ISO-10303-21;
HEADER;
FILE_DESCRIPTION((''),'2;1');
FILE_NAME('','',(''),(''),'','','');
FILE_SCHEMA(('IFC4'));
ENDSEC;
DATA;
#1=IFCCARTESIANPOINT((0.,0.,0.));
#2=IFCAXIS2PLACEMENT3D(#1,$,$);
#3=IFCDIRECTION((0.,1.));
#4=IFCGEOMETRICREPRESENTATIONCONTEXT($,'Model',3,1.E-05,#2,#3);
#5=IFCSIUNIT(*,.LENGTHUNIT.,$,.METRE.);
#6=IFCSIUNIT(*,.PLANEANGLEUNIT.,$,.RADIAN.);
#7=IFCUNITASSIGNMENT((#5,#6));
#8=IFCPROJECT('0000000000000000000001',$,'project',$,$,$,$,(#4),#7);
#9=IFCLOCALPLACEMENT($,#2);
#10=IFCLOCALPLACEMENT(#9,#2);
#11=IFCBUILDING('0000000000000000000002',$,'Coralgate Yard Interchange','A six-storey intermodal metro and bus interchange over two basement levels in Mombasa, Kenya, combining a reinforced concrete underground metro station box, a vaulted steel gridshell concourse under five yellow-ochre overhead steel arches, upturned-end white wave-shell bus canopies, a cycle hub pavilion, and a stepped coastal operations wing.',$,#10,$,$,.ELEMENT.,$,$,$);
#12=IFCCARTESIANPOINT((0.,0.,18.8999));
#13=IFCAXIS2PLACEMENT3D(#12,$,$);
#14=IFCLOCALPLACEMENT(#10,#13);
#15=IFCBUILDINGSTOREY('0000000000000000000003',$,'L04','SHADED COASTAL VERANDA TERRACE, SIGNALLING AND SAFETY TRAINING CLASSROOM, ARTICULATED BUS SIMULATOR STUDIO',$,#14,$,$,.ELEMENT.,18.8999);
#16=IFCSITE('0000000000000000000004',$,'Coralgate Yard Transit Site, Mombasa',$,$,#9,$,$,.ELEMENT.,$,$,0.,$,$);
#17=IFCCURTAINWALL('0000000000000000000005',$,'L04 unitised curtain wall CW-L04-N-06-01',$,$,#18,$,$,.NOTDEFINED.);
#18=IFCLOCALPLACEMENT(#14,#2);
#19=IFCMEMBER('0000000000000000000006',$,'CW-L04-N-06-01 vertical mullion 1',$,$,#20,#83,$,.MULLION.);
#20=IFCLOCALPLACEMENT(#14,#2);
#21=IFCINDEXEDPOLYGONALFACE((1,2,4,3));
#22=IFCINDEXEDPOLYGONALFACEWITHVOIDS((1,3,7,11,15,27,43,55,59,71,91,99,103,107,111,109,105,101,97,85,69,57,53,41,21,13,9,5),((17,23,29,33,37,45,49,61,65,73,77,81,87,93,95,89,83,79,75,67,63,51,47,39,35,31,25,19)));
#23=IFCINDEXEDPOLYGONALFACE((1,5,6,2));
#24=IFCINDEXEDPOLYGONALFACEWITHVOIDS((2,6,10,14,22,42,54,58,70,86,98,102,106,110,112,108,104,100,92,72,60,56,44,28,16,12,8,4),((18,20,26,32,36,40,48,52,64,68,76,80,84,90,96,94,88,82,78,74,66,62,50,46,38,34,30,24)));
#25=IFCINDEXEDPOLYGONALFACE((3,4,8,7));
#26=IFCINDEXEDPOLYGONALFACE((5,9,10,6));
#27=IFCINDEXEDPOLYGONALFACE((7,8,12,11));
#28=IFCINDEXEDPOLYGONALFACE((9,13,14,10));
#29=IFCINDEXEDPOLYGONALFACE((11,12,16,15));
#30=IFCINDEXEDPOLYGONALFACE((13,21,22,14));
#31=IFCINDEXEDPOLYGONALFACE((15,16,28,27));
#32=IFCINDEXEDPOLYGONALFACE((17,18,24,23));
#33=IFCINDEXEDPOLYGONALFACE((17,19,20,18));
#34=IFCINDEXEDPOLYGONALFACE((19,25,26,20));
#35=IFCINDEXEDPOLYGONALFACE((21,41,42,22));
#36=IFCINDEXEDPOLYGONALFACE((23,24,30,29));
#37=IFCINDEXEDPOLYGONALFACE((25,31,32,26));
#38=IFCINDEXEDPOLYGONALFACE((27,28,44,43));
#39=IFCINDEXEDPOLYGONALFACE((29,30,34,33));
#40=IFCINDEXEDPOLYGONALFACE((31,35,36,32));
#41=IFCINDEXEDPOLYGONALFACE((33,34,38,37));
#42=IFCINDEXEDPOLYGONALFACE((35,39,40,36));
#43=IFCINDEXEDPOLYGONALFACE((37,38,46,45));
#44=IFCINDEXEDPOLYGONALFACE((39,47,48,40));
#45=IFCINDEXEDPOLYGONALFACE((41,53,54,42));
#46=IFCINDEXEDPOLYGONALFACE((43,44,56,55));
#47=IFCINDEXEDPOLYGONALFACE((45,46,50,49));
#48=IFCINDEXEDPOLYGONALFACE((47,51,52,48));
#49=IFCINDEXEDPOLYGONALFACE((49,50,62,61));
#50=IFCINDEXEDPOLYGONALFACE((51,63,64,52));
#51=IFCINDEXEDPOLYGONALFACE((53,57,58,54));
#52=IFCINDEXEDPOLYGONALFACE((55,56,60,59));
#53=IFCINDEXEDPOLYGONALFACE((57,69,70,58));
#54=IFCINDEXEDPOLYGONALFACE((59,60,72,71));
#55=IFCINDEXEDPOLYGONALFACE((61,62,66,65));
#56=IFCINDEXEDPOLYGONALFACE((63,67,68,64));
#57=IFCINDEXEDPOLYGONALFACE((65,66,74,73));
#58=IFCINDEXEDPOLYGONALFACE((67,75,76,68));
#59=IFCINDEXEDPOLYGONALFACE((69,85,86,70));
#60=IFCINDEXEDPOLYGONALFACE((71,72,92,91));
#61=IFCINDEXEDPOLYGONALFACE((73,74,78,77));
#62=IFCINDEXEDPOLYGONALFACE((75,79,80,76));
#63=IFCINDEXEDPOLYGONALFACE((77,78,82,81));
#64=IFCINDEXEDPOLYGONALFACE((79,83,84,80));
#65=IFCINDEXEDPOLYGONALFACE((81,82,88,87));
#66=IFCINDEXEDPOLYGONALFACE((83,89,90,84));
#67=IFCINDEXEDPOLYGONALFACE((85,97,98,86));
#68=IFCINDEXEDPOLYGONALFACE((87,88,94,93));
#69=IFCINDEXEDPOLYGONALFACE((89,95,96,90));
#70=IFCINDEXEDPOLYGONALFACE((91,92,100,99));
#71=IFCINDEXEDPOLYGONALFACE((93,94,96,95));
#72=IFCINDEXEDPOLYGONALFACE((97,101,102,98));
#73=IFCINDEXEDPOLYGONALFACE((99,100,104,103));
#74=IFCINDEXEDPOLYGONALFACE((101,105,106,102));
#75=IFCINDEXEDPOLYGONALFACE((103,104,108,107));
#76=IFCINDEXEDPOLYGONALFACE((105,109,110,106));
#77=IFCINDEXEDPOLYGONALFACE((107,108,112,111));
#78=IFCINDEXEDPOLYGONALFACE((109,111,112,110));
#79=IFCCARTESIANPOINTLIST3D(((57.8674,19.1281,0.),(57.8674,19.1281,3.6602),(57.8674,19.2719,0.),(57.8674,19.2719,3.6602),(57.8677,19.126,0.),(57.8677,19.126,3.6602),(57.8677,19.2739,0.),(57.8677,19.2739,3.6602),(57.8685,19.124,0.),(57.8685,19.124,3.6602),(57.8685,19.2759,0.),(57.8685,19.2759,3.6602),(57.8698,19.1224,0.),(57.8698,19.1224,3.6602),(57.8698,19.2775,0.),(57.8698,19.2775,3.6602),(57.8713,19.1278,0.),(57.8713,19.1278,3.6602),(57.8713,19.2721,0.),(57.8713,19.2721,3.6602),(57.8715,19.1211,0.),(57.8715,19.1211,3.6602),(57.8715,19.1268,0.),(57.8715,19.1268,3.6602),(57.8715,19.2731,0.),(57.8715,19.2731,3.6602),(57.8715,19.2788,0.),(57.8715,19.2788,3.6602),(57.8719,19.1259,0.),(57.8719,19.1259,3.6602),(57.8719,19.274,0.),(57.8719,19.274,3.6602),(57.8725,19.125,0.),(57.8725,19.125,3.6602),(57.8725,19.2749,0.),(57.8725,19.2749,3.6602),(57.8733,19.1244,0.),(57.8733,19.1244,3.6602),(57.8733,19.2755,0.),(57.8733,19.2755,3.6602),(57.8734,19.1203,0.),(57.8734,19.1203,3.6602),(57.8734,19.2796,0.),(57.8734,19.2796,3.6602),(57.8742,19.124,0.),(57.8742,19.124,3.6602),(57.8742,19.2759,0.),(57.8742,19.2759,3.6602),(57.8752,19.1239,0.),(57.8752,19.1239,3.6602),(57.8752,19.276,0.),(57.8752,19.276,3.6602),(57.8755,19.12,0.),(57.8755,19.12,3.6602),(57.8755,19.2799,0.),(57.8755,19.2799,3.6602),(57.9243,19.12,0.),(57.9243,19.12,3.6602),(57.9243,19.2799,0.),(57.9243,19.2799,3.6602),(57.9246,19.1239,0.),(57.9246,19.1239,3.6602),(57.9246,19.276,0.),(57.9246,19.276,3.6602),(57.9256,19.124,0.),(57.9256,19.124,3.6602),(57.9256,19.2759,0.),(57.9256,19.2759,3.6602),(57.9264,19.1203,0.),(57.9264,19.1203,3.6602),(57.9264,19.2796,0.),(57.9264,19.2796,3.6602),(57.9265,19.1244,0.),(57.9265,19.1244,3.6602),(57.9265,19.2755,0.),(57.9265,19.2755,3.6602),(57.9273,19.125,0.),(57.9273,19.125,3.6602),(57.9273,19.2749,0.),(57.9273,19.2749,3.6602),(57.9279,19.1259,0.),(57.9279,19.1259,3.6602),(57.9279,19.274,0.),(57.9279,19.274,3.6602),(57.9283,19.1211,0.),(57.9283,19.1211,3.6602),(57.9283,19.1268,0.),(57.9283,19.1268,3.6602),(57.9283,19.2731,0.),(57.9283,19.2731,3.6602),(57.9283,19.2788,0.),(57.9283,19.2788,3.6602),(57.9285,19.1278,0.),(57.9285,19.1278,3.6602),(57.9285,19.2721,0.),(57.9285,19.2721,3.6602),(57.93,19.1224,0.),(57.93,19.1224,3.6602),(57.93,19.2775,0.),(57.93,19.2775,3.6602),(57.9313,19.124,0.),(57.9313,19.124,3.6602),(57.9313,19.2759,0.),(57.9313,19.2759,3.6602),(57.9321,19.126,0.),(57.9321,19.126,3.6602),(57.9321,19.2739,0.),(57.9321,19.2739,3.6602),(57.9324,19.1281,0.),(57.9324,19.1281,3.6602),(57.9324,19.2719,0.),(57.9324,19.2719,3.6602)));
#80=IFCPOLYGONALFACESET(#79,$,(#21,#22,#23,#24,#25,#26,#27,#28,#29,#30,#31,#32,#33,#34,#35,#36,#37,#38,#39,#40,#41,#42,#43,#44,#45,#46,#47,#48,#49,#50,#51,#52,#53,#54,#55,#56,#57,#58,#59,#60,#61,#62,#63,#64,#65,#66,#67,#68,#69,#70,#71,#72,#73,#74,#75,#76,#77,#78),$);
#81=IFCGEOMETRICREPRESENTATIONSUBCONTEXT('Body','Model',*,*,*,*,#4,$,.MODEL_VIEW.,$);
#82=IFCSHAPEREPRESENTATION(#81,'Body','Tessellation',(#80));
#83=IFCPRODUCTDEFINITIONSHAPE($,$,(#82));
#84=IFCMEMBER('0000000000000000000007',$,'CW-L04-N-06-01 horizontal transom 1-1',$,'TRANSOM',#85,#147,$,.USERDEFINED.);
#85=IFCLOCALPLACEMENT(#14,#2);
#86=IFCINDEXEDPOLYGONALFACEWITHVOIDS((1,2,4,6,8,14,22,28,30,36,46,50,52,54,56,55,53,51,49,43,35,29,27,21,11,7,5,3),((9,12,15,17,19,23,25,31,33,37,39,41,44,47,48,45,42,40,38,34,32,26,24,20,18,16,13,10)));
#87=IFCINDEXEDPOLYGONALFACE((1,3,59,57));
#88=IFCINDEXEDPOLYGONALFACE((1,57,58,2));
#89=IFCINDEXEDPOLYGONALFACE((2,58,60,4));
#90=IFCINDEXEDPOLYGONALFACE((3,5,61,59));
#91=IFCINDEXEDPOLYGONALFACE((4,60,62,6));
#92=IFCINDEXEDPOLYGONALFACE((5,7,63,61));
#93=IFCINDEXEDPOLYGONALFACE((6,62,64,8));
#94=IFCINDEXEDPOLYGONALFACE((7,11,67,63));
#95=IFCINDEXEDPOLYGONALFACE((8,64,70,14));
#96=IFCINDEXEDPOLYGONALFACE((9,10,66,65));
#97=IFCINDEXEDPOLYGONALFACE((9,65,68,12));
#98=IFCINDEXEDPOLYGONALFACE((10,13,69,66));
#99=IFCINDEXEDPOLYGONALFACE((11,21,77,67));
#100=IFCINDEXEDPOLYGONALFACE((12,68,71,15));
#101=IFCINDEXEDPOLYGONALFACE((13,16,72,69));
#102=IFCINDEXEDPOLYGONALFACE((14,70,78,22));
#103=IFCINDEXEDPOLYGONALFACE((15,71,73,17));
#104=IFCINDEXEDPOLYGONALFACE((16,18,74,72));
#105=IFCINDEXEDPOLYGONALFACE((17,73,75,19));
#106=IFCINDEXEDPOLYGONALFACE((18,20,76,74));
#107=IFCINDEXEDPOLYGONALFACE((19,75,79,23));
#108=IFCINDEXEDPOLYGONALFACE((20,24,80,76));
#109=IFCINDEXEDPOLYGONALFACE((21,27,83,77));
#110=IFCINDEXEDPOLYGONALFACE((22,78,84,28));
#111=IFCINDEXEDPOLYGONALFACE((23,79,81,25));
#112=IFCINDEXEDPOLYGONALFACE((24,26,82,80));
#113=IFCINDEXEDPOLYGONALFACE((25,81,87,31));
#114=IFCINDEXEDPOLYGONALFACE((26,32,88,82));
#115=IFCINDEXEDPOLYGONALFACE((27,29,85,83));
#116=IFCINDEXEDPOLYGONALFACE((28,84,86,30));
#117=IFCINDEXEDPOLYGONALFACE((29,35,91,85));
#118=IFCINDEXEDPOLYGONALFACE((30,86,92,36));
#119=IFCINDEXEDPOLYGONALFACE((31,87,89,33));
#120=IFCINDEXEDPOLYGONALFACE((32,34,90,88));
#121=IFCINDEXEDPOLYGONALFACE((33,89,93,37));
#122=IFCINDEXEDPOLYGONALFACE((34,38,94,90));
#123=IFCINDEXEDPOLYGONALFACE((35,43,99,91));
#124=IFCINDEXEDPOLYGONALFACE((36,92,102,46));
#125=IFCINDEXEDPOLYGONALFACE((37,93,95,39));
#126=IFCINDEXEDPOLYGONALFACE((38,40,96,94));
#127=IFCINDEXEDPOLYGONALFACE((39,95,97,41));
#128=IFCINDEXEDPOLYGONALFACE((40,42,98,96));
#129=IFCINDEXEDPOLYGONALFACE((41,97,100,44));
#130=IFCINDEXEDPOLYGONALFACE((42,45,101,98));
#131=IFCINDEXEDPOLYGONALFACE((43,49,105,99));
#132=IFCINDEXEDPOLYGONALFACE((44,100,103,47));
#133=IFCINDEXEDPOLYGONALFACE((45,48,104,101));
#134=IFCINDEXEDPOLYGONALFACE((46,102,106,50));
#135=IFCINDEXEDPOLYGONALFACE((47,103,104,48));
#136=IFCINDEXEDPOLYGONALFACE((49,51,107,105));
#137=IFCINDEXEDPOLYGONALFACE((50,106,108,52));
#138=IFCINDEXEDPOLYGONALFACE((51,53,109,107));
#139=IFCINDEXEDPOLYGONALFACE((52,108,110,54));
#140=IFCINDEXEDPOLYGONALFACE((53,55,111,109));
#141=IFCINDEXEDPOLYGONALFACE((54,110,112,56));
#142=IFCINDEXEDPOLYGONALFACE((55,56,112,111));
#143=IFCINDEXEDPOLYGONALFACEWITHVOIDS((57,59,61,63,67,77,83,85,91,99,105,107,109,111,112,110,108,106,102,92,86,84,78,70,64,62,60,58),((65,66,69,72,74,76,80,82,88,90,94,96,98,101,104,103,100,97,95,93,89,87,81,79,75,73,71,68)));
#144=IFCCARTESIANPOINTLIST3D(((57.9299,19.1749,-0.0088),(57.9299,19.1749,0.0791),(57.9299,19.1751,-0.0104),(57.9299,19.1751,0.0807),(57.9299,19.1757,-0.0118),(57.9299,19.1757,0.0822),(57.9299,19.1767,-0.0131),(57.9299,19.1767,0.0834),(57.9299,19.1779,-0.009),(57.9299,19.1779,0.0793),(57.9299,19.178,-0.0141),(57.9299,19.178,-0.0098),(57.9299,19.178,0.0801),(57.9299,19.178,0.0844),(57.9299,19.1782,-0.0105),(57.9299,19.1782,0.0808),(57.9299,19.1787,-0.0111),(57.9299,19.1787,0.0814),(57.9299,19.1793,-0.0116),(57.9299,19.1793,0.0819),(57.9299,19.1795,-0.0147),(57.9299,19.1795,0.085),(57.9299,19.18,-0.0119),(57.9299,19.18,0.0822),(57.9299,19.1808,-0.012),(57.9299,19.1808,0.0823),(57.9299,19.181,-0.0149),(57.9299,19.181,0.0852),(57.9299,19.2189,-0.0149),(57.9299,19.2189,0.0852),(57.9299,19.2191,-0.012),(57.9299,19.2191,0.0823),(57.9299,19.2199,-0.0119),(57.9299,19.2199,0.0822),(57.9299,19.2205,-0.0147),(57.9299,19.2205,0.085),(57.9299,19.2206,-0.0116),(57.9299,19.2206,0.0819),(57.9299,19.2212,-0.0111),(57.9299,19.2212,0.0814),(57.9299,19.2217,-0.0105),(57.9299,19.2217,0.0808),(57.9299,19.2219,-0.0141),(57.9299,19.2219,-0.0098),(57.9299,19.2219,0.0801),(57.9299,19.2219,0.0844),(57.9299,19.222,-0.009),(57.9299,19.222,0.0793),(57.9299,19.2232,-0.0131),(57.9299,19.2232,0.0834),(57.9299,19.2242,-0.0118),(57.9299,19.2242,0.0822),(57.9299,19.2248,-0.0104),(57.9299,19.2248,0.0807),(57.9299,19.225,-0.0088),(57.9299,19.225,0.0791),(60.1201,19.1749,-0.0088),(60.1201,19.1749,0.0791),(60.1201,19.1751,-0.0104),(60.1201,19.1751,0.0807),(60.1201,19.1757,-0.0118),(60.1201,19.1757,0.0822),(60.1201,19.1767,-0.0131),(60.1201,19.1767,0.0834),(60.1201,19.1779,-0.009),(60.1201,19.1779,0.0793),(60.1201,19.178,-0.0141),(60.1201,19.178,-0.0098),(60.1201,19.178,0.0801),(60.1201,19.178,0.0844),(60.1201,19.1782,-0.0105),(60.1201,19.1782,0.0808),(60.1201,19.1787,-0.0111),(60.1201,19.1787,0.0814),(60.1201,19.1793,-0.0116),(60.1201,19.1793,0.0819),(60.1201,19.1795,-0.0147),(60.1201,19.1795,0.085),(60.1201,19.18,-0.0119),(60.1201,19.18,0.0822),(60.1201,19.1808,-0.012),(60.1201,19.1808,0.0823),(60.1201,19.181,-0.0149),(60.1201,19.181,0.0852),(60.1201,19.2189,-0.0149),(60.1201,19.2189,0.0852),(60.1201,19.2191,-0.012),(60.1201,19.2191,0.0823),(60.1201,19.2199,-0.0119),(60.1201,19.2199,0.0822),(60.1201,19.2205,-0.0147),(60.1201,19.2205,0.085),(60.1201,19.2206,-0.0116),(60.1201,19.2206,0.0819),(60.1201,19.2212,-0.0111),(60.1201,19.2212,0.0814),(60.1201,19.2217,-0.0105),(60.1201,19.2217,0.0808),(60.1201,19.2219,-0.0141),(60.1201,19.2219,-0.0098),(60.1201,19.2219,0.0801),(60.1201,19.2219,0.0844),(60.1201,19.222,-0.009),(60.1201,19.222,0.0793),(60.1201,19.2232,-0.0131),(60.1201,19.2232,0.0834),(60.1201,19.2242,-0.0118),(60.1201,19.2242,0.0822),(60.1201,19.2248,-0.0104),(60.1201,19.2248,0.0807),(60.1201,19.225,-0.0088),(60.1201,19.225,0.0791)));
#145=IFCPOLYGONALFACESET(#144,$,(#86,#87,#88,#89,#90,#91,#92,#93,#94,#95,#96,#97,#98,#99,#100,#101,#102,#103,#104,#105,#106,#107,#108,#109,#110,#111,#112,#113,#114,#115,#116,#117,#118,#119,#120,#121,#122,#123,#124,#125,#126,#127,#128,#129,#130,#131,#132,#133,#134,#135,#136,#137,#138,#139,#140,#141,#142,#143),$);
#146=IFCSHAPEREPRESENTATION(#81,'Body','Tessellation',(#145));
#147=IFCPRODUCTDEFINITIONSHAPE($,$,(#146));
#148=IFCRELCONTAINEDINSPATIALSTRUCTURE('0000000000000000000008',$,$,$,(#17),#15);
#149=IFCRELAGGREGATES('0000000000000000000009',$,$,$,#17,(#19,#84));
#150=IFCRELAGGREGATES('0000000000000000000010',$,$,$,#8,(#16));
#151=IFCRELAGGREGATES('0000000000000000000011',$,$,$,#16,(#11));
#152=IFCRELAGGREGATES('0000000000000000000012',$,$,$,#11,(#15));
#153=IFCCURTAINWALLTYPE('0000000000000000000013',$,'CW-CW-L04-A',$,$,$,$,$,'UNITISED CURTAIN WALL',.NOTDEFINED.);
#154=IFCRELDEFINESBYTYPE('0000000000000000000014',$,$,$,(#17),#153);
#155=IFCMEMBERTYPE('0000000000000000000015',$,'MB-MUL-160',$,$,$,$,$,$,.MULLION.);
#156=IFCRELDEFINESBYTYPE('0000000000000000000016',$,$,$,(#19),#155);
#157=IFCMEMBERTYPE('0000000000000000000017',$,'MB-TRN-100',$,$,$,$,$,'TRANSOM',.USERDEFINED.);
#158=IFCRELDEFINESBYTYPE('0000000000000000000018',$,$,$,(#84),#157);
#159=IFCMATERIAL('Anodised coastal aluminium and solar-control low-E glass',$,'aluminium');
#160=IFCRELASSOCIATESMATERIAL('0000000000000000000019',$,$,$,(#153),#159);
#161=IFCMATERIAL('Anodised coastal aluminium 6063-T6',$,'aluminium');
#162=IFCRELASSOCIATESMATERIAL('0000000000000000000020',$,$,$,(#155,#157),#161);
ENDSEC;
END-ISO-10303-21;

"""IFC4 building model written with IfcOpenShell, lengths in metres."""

from ifc_helpers import new_model, si_unit, direction, frame, origin, origin_2d, place, context, subcontext, project, spatial, hollow_rectangle, extrude, material, material_profile, profile_set, type_object, element, aggregate, save


model = new_model("IFC4")

# Units and contexts
model_context = context("Model", 3, precision=1e-05, world=origin(), true_north=direction((0.0, 1.0)))
body_context = subcontext(model_context, "Body", "Model", "MODEL_VIEW")
ifc_project = project(units=[si_unit("LENGTHUNIT", "METRE"), si_unit("PLANEANGLEUNIT", "RADIAN")], contexts=[model_context])

# Site, building, storey
site_placement = place(None, origin())
site = spatial("IfcSite", under=ifc_project, at=site_placement, Name="Coralgate Yard Transit Site, Mombasa", CompositionType="ELEMENT", RefElevation=0.0)
building_placement = place(site_placement, origin())
building = spatial("IfcBuilding", under=site, at=building_placement, Name="Coralgate Yard Interchange", Description="A six-storey intermodal metro and bus interchange over two basement levels in Mombasa, Kenya, combining a reinforced concrete underground metro station box, a vaulted steel gridshell concourse under five yellow-ochre overhead steel arches, upturned-end white wave-shell bus canopies, a cycle hub pavilion, and a stepped coastal operations wing.", CompositionType="ELEMENT")
storey_placement = place(building_placement, frame((0.0, 0.0, 18.8999)))
storey = spatial("IfcBuildingStorey", under=building, at=storey_placement, Name="L04", Description="SHADED COASTAL VERANDA TERRACE, SIGNALLING AND SAFETY TRAINING CLASSROOM, ARTICULATED BUS SIMULATOR STUDIO", CompositionType="ELEMENT", Elevation=18.8999)

# Curtain wall, members
ifc_material_1 = material(Name="Anodised coastal aluminium and solar-control low-E glass", Category="aluminium")
curtain_wall_type = type_object("IfcCurtainWallType", Name="CW-CW-L04-A", ElementType="UNITISED CURTAIN WALL", PredefinedType="NOTDEFINED", material=ifc_material_1)
curtain_wall_placement = place(storey_placement, origin())
curtain_wall = element("IfcCurtainWall", 1, at=curtain_wall_placement, inside=storey, type_object=curtain_wall_type, Name="L04 unitised curtain wall CW-L04-N-06-01", PredefinedType="NOTDEFINED")
ifc_material_2 = material(Name="Anodised coastal aluminium 6063-T6", Category="aluminium")
ifc_material_profile_1 = material_profile(ifc_material_2, hollow_rectangle(XDim=0.0649, YDim=0.1599, WallThickness=0.0039, InnerFilletRadius=0.0039, OuterFilletRadius=0.0081, at=origin_2d()), Name="ALU 65x160x4")
ifc_profile_set_1 = profile_set([ifc_material_profile_1], Name="Anodised coastal aluminium 6063-T6")
member_type_1 = type_object("IfcMemberType", Name="MB-MUL-160", PredefinedType="MULLION", material=ifc_profile_set_1)
member_1_placement = place(storey_placement, frame((57.8999, 19.2, 0.0), z_axis=(0.0, 0.0, 1.0), x_axis=(1.0, 0.0, 0.0)))
member_1 = element("IfcMember", 2, at=member_1_placement, type_object=member_type_1, Name="CW-L04-N-06-01 vertical mullion 1", PredefinedType="MULLION", context=body_context, shape_type="SweptSolid", body=[
    extrude(hollow_rectangle(XDim=0.0649, YDim=0.1599, WallThickness=0.0039, InnerFilletRadius=0.0039, OuterFilletRadius=0.0081, at=origin_2d()), origin(), (0.0, 0.0, 1.0), 3.6602),
])
ifc_material_profile_2 = material_profile(ifc_material_2, hollow_rectangle(XDim=0.05, YDim=0.1001, WallThickness=0.0029, InnerFilletRadius=0.0029, OuterFilletRadius=0.0061, at=origin_2d()), Name="ALU 50x100x3")
ifc_profile_set_2 = profile_set([ifc_material_profile_2], Name="Anodised coastal aluminium 6063-T6")
member_type_2 = type_object("IfcMemberType", Name="MB-TRN-100", ElementType="TRANSOM", PredefinedType="USERDEFINED", material=ifc_profile_set_2)
member_2_placement = place(storey_placement, frame((57.9299, 19.2, 0.0352), z_axis=(1.0, 0.0, 0.0), x_axis=(0.0, 1.0, 0.0)))
member_2 = element("IfcMember", 3, at=member_2_placement, type_object=member_type_2, Name="CW-L04-N-06-01 horizontal transom 1-1", ObjectType="TRANSOM", PredefinedType="USERDEFINED", context=body_context, shape_type="SweptSolid", body=[
    extrude(hollow_rectangle(XDim=0.05, YDim=0.1001, WallThickness=0.0029, InnerFilletRadius=0.0029, OuterFilletRadius=0.0061, at=origin_2d()), origin(), (0.0, 0.0, 1.0), 2.1902),
])
aggregate(curtain_wall, [member_1, member_2])

save(model, "model.ifc")
